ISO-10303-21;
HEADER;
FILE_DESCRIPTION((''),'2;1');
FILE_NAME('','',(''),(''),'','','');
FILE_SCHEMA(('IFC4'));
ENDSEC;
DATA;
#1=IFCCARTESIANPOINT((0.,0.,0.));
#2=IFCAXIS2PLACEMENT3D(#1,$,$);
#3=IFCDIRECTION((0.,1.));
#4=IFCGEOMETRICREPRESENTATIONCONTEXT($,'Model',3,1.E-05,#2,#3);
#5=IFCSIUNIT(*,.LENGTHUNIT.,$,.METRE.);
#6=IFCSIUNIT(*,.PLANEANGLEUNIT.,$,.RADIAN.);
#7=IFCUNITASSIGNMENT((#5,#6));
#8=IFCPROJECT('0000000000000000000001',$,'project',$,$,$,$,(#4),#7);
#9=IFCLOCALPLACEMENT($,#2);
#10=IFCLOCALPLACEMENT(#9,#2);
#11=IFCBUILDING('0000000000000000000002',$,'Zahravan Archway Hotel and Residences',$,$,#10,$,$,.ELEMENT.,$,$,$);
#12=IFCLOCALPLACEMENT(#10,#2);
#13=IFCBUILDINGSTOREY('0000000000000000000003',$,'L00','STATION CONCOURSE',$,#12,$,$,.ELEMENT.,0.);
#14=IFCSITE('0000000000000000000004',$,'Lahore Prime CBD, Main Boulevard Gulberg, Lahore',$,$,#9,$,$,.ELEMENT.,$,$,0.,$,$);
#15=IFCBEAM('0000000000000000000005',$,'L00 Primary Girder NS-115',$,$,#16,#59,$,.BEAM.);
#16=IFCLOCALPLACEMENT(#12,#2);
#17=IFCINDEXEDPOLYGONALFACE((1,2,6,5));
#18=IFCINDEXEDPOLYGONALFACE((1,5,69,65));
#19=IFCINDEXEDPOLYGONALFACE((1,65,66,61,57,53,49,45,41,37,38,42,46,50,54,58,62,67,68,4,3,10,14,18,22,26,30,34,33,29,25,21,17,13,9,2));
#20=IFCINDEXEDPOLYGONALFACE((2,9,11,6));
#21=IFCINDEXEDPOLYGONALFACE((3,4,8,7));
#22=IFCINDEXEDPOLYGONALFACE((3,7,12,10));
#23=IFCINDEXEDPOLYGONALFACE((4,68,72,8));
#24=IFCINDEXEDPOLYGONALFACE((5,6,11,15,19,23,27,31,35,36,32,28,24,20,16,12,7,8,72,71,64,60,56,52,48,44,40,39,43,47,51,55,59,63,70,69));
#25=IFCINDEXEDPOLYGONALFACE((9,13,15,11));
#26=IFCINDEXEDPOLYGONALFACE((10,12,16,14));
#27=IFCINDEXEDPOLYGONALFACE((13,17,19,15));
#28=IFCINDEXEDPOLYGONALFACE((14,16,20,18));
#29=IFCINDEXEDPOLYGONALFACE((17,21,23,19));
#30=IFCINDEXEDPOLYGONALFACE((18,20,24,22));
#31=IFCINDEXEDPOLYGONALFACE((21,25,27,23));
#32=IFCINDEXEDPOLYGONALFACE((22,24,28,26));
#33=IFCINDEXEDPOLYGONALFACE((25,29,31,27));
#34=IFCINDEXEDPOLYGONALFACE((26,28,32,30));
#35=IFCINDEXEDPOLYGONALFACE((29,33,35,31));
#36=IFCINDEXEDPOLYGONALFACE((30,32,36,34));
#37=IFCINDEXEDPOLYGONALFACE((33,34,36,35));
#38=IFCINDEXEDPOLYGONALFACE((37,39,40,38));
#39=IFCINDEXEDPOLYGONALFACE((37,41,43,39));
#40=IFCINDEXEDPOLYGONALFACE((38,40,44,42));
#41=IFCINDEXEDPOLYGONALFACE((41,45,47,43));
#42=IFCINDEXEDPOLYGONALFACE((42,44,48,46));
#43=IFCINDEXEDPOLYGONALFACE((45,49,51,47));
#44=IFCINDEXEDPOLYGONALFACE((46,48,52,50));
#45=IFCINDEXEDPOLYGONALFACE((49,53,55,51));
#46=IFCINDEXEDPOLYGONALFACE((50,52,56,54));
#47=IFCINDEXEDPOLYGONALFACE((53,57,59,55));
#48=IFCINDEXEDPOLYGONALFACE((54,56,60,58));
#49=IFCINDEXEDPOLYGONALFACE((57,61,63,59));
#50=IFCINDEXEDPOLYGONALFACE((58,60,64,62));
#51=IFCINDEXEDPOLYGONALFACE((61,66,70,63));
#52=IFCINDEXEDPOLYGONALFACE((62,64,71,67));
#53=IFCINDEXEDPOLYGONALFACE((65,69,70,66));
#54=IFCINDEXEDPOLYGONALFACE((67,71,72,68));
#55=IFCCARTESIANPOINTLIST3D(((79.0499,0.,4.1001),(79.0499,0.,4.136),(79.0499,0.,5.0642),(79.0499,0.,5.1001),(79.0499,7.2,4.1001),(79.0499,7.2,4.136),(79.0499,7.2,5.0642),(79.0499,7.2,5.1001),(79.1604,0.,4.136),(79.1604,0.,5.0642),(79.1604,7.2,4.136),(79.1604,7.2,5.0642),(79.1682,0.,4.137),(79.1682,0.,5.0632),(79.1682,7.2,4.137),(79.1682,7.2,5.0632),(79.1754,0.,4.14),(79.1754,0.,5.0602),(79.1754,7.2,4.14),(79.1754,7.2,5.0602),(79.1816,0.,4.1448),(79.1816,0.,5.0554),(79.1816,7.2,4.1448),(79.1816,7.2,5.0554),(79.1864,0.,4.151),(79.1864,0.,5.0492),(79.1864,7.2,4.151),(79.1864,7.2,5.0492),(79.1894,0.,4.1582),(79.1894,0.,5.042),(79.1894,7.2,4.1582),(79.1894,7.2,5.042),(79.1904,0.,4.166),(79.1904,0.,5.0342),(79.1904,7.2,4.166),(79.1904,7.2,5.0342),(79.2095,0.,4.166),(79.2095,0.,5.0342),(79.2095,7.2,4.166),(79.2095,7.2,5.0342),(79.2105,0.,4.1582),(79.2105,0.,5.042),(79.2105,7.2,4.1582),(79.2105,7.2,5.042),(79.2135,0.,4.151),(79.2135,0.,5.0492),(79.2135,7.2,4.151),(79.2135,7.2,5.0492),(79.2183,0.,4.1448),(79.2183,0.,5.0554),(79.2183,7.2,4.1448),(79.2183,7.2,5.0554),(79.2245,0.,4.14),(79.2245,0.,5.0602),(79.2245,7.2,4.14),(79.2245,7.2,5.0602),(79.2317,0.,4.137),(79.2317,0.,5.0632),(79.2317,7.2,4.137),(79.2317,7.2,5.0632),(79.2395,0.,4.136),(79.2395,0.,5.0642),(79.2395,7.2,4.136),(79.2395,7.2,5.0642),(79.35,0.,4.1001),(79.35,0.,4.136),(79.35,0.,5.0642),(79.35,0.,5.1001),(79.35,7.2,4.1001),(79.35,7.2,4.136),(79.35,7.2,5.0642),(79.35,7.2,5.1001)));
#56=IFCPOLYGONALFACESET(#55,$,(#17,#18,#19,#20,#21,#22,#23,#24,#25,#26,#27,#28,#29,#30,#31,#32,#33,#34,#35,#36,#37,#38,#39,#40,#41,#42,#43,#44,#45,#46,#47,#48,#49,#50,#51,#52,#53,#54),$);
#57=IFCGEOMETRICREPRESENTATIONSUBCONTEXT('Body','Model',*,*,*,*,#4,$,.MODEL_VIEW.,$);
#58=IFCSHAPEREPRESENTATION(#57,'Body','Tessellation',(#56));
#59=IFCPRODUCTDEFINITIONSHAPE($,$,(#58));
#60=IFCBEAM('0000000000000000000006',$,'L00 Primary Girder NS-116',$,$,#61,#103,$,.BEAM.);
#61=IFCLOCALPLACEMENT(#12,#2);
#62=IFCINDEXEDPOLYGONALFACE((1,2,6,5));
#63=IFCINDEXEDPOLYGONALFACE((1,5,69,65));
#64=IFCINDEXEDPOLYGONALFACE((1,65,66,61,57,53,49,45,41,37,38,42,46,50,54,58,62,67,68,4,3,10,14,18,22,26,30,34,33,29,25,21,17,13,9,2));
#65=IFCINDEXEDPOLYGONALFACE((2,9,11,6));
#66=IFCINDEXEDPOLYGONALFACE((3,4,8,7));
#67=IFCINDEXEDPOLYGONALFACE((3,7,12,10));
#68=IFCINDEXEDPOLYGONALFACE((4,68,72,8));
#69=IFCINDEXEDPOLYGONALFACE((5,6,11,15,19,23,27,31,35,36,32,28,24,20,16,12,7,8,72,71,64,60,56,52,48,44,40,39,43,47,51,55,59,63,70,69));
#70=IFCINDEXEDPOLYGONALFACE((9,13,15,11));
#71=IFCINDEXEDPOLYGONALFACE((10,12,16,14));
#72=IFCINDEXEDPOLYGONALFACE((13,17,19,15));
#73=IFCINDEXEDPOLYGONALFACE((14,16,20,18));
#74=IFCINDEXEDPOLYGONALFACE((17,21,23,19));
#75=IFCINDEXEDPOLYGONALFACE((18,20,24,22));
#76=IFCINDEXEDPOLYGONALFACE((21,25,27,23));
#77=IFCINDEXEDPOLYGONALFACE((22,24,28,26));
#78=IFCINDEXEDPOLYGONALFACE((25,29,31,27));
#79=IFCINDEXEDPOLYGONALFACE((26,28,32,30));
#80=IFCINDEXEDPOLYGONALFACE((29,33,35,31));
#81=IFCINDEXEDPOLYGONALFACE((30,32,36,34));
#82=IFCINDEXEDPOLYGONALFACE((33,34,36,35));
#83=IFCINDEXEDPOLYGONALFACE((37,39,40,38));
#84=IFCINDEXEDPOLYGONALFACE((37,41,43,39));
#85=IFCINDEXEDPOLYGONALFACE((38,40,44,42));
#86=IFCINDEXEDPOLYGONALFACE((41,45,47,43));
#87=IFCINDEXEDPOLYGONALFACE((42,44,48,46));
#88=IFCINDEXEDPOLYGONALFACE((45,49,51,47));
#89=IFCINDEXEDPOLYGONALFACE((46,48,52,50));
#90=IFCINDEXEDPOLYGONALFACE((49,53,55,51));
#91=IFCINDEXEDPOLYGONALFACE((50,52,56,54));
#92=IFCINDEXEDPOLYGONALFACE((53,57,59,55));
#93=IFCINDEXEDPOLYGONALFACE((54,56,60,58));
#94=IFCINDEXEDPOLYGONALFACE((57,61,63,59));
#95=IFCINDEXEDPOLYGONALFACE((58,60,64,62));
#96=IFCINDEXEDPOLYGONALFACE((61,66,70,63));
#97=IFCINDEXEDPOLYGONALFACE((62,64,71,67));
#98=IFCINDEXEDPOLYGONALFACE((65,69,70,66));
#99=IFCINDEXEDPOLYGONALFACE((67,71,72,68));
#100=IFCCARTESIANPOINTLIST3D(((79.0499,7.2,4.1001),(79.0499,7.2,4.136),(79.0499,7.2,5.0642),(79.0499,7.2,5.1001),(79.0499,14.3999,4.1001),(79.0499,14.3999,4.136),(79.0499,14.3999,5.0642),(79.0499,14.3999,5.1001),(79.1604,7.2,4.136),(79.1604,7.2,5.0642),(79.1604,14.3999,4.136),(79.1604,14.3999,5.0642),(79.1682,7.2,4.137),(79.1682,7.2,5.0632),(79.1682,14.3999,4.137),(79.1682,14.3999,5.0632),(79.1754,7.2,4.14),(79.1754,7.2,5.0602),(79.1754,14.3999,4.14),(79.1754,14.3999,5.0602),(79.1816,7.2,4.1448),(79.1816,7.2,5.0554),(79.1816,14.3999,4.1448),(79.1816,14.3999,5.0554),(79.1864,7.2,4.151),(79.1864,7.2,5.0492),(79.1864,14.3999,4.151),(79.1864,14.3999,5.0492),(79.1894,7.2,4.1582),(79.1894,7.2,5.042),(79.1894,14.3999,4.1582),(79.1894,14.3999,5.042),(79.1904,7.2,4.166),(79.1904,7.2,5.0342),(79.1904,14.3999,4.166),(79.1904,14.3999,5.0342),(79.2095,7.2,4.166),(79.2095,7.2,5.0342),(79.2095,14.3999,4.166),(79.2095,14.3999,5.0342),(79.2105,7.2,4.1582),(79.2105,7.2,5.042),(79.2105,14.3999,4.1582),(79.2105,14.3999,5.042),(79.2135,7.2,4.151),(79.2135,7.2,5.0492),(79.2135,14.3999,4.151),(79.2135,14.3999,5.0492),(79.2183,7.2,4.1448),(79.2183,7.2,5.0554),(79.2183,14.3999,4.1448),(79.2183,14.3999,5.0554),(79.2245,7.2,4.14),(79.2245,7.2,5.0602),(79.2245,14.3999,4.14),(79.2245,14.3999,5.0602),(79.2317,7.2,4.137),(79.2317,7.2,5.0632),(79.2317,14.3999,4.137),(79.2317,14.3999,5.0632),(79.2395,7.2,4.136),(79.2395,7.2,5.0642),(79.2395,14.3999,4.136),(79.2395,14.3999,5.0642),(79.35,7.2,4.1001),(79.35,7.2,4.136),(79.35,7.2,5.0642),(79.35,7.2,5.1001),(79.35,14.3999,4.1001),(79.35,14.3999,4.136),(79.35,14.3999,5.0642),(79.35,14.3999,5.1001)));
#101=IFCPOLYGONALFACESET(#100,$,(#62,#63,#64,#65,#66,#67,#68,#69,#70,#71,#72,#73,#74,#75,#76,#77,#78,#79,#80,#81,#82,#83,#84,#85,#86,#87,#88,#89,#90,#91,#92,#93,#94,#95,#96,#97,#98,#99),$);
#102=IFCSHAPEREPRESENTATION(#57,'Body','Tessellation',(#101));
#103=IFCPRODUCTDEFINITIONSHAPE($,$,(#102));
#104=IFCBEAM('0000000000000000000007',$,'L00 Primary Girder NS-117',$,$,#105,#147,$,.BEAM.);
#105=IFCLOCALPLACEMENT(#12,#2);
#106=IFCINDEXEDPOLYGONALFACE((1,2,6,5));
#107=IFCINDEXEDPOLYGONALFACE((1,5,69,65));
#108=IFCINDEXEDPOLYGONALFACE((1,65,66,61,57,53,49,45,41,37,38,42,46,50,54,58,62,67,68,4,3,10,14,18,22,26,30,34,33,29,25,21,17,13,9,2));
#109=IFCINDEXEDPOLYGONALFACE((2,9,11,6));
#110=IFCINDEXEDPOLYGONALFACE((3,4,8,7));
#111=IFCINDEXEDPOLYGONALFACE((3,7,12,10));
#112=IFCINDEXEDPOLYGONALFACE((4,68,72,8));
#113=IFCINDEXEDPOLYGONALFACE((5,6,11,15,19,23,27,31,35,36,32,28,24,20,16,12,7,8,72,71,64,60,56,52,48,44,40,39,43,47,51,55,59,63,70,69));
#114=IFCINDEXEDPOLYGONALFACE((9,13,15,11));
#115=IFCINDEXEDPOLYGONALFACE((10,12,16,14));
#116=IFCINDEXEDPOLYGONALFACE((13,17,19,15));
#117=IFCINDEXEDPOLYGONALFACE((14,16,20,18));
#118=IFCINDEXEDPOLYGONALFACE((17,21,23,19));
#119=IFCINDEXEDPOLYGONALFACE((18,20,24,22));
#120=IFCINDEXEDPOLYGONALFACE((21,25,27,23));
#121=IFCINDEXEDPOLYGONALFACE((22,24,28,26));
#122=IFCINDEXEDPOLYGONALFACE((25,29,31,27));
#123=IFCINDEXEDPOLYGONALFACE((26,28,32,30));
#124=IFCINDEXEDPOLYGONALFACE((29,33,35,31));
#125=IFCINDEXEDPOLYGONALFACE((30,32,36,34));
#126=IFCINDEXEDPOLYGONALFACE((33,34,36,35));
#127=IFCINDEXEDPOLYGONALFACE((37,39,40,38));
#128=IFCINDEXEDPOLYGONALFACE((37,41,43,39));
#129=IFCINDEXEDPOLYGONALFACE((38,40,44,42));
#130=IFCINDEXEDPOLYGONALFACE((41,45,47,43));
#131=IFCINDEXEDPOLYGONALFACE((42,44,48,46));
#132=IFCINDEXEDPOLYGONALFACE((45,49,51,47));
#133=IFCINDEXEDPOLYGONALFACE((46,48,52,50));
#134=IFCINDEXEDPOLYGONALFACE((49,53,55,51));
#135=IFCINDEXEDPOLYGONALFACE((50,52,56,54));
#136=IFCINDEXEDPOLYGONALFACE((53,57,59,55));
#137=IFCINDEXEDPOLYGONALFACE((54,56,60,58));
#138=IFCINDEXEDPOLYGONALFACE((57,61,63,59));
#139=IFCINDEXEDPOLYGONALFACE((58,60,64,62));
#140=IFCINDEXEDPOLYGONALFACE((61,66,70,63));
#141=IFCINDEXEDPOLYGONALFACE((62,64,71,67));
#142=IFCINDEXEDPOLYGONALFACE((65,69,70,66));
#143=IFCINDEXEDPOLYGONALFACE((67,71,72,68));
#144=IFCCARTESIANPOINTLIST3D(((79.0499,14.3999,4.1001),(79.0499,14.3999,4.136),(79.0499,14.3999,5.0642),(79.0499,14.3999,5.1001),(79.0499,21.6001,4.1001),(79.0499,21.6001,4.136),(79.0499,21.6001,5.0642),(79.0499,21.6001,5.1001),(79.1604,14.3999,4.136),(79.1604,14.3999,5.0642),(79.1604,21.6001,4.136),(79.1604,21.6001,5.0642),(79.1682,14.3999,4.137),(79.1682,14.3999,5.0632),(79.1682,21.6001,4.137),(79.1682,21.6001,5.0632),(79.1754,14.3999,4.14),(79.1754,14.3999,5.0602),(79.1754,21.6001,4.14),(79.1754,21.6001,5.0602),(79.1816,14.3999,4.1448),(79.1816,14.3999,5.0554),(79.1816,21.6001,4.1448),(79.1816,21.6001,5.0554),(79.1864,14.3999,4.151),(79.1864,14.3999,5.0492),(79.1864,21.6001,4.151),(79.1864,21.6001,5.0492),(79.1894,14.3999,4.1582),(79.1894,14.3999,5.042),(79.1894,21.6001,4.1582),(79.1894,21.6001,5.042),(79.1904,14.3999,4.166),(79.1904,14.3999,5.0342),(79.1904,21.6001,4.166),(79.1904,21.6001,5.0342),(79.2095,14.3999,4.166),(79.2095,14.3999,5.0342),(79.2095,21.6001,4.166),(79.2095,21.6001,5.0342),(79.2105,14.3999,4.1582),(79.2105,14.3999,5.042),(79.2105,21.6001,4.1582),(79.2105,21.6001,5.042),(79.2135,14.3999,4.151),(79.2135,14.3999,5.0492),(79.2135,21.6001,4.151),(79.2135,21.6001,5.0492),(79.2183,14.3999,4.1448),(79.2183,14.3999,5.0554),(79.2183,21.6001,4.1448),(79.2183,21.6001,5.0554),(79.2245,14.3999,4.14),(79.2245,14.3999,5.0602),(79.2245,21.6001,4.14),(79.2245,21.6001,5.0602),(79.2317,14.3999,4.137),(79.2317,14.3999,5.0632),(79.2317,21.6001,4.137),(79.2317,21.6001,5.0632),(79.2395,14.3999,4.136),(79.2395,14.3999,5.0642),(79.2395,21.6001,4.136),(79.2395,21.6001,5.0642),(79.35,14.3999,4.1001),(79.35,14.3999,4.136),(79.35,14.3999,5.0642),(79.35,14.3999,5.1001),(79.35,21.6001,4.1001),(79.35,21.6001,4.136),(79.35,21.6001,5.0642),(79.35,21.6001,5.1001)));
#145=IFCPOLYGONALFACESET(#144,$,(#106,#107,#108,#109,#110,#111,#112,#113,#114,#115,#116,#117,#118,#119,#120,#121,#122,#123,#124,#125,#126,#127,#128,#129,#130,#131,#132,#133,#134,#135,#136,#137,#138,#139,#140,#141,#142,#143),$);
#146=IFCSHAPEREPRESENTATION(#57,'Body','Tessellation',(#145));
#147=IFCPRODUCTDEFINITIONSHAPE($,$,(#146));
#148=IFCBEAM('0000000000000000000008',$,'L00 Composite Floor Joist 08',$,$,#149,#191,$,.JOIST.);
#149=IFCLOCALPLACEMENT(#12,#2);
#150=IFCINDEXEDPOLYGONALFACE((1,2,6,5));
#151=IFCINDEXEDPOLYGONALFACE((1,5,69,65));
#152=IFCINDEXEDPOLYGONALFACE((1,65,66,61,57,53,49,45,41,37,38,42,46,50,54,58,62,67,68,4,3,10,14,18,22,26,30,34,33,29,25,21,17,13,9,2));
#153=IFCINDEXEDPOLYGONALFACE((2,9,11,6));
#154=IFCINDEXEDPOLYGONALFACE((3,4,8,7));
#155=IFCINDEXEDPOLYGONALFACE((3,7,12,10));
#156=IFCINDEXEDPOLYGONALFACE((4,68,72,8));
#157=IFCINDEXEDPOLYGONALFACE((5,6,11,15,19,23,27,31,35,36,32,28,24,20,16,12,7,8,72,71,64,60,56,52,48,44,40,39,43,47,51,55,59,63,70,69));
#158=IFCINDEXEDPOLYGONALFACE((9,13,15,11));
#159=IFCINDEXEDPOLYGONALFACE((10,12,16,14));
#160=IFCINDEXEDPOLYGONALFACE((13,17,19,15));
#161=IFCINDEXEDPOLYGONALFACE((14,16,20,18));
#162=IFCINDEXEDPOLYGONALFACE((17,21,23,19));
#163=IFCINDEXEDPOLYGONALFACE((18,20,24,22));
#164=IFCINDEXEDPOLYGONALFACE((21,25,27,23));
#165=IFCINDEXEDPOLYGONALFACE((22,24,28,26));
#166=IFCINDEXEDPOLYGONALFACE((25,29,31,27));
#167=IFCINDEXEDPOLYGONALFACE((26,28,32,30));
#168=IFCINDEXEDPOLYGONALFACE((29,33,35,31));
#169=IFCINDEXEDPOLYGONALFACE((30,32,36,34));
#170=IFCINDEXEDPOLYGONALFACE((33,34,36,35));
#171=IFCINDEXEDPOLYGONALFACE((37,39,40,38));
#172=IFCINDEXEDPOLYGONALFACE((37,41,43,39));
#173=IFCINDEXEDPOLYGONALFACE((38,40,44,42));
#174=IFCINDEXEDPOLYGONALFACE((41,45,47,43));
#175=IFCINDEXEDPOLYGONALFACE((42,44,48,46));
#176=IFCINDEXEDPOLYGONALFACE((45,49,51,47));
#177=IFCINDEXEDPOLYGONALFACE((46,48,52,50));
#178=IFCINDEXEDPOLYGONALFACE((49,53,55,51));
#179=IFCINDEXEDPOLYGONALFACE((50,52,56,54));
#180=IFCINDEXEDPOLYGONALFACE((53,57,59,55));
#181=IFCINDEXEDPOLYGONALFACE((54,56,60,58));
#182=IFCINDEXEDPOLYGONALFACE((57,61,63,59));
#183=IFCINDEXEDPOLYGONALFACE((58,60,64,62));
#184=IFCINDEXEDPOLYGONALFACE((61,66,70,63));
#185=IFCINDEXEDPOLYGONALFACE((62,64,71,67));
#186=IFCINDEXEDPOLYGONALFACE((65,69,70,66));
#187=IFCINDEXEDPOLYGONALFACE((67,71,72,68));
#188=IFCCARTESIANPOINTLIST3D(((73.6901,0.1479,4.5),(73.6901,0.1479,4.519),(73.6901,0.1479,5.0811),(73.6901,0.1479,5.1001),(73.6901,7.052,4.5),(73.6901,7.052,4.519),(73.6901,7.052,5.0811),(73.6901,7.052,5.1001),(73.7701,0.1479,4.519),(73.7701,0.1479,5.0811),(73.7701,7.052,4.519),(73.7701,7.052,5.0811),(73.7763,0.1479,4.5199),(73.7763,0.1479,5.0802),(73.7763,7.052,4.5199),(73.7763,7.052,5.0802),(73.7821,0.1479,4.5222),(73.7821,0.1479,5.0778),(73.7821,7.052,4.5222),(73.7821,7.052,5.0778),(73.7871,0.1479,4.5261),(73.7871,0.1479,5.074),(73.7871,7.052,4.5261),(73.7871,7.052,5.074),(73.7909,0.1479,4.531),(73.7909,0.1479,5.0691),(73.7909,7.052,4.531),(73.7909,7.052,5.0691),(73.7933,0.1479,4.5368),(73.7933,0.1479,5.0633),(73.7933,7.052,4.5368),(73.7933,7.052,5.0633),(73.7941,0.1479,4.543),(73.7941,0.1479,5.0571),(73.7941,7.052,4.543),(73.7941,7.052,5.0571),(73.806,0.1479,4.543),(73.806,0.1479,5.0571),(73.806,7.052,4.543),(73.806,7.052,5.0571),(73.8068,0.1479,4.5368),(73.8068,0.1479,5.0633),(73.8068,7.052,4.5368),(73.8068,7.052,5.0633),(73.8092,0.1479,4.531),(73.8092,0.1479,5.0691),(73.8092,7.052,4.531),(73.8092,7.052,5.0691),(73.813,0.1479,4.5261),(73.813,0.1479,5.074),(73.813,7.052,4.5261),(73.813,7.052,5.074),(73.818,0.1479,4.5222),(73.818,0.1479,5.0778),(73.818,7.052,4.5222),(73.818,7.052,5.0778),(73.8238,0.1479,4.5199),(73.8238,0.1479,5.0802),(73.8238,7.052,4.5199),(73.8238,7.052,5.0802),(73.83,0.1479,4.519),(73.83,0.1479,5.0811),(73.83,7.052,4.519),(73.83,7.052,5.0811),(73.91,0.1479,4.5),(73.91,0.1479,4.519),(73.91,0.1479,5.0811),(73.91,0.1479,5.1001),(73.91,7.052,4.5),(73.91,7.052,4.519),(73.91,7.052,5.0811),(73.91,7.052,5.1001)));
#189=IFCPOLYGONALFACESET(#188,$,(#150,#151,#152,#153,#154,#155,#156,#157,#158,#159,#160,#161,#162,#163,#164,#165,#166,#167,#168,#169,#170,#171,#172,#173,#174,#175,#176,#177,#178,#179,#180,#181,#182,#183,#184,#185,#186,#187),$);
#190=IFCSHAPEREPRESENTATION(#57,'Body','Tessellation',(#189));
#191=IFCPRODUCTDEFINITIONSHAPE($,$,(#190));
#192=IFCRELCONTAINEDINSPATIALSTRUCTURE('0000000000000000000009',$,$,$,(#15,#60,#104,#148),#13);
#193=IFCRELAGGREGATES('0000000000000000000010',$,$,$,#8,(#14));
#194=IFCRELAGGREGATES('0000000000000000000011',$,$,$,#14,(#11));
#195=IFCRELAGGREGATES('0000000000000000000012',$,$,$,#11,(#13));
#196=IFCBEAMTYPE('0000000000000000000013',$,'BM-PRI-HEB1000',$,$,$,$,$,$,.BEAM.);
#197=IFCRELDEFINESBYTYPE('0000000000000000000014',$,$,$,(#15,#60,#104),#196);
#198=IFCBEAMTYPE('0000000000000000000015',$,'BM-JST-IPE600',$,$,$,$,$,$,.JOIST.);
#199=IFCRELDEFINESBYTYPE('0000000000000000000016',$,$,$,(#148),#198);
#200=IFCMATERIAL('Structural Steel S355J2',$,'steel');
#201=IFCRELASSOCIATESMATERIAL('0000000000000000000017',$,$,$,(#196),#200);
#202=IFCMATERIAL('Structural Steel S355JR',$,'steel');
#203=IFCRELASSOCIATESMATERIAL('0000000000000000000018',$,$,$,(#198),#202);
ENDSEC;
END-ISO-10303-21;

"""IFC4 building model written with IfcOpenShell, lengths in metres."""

from ifc_helpers import new_model, si_unit, direction, frame, origin, origin_2d, place, context, subcontext, project, spatial, i_section, extrude, source, transform, mapped, material, material_profile, profile_set, type_object, type_shapes, element, save


model = new_model("IFC4")

# Units and contexts
model_context = context("Model", 3, precision=1e-05, world=origin(), true_north=direction((0.0, 1.0)))
body_context = subcontext(model_context, "Body", "Model", "MODEL_VIEW")
ifc_project = project(units=[si_unit("LENGTHUNIT", "METRE"), si_unit("PLANEANGLEUNIT", "RADIAN")], contexts=[model_context])

# Site, building, storey
site_placement = place(None, origin())
site = spatial("IfcSite", under=ifc_project, at=site_placement, Name="Lahore Prime CBD, Main Boulevard Gulberg, Lahore", CompositionType="ELEMENT", RefElevation=0.0)
building_placement = place(site_placement, origin())
building = spatial("IfcBuilding", under=site, at=building_placement, Name="Zahravan Archway Hotel and Residences", CompositionType="ELEMENT")
storey_placement = place(building_placement, origin())
storey = spatial("IfcBuildingStorey", under=building, at=storey_placement, Name="L00", Description="STATION CONCOURSE", CompositionType="ELEMENT", Elevation=0.0)

# Beams
ifc_material_1 = material(Name="Structural Steel S355J2", Category="steel")
ifc_material_profile_1 = material_profile(ifc_material_1, i_section(OverallWidth=0.3, OverallDepth=1.0, WebThickness=0.019, FlangeThickness=0.0359, FilletRadius=0.03, at=origin_2d()), Name="HEB 1000", Category="steel")
ifc_profile_set_1 = profile_set([ifc_material_profile_1], Name="Structural Steel S355J2")
beam_type_1 = type_object("IfcBeamType", Name="BM-PRI-HEB1000", PredefinedType="BEAM", material=ifc_profile_set_1)
shared_shape_1 = source(origin(), body_context, "Body", "SweptSolid", [
    extrude(i_section(OverallWidth=0.3, OverallDepth=1.0, WebThickness=0.019, FlangeThickness=0.0359, FilletRadius=0.03, at=origin_2d()), origin(), (0.0, 0.0, 1.0), 7.2),
])
for number, where, z_axis, x_axis, name in (
    (1, (79.2, 0.0, 4.6001), (0.0, 1.0, 0.0), (-1.0, 0.0, 0.0), "L00 Primary Girder NS-115"),
    (2, (79.2, 7.2, 4.6001), (0.0, 1.0, 0.0), (-1.0, 0.0, 0.0), "L00 Primary Girder NS-116"),
):
    element("IfcBeam", number, at=place(storey_placement, frame(where, z_axis=z_axis, x_axis=x_axis)), inside=storey, type_object=beam_type_1, Name=name, PredefinedType="BEAM", context=body_context, shape_type="MappedRepresentation", body=[
        mapped(shared_shape_1, transform((0.0, 0.0, 0.0), scale=1.0)),
    ])
shared_shape_2 = source(origin(), body_context, "Body", "SweptSolid", [
    extrude(i_section(OverallWidth=0.3, OverallDepth=1.0, WebThickness=0.019, FlangeThickness=0.0359, FilletRadius=0.03, at=origin_2d()), origin(), (0.0, 0.0, 1.0), 7.2002),
])
beam_1_placement = place(storey_placement, frame((79.2, 14.3999, 4.6001), z_axis=(0.0, 1.0, 0.0), x_axis=(-1.0, 0.0, 0.0)))
element("IfcBeam", 3, at=beam_1_placement, inside=storey, type_object=beam_type_1, Name="L00 Primary Girder NS-117", PredefinedType="BEAM", context=body_context, shape_type="MappedRepresentation", body=[
    mapped(shared_shape_2, transform((0.0, 0.0, 0.0), scale=1.0)),
])
ifc_material_2 = material(Name="Structural Steel S355JR", Category="steel")
ifc_material_profile_2 = material_profile(ifc_material_2, i_section(OverallWidth=0.22, OverallDepth=0.6001, WebThickness=0.012, FlangeThickness=0.019, FilletRadius=0.0239, at=origin_2d()), Name="IPE 600", Category="steel")
ifc_profile_set_2 = profile_set([ifc_material_profile_2], Name="Structural Steel S355JR")
beam_type_2 = type_object("IfcBeamType", Name="BM-JST-IPE600", PredefinedType="JOIST", material=ifc_profile_set_2)
shared_shape_3 = source(origin(), body_context, "Body", "SweptSolid", [
    extrude(i_section(OverallWidth=0.22, OverallDepth=0.6001, WebThickness=0.012, FlangeThickness=0.019, FilletRadius=0.0239, at=origin_2d()), origin(), (0.0, 0.0, 1.0), 6.9041),
])
type_shapes(beam_type_2, [shared_shape_3])
for number, where, z_axis, x_axis, name in (
    (4, (73.8, 0.1479, 4.8), (0.0, 1.0, 0.0), (-1.0, 0.0, 0.0), "L00 Composite Floor Joist 08"),
):
    element("IfcBeam", number, at=place(storey_placement, frame(where, z_axis=z_axis, x_axis=x_axis)), inside=storey, type_object=beam_type_2, Name=name, PredefinedType="JOIST", context=body_context, shape_type="MappedRepresentation", body=[
        mapped(shared_shape_3, transform((0.0, 0.0, 0.0), scale=1.0)),
    ])

save(model, "model.ifc")
